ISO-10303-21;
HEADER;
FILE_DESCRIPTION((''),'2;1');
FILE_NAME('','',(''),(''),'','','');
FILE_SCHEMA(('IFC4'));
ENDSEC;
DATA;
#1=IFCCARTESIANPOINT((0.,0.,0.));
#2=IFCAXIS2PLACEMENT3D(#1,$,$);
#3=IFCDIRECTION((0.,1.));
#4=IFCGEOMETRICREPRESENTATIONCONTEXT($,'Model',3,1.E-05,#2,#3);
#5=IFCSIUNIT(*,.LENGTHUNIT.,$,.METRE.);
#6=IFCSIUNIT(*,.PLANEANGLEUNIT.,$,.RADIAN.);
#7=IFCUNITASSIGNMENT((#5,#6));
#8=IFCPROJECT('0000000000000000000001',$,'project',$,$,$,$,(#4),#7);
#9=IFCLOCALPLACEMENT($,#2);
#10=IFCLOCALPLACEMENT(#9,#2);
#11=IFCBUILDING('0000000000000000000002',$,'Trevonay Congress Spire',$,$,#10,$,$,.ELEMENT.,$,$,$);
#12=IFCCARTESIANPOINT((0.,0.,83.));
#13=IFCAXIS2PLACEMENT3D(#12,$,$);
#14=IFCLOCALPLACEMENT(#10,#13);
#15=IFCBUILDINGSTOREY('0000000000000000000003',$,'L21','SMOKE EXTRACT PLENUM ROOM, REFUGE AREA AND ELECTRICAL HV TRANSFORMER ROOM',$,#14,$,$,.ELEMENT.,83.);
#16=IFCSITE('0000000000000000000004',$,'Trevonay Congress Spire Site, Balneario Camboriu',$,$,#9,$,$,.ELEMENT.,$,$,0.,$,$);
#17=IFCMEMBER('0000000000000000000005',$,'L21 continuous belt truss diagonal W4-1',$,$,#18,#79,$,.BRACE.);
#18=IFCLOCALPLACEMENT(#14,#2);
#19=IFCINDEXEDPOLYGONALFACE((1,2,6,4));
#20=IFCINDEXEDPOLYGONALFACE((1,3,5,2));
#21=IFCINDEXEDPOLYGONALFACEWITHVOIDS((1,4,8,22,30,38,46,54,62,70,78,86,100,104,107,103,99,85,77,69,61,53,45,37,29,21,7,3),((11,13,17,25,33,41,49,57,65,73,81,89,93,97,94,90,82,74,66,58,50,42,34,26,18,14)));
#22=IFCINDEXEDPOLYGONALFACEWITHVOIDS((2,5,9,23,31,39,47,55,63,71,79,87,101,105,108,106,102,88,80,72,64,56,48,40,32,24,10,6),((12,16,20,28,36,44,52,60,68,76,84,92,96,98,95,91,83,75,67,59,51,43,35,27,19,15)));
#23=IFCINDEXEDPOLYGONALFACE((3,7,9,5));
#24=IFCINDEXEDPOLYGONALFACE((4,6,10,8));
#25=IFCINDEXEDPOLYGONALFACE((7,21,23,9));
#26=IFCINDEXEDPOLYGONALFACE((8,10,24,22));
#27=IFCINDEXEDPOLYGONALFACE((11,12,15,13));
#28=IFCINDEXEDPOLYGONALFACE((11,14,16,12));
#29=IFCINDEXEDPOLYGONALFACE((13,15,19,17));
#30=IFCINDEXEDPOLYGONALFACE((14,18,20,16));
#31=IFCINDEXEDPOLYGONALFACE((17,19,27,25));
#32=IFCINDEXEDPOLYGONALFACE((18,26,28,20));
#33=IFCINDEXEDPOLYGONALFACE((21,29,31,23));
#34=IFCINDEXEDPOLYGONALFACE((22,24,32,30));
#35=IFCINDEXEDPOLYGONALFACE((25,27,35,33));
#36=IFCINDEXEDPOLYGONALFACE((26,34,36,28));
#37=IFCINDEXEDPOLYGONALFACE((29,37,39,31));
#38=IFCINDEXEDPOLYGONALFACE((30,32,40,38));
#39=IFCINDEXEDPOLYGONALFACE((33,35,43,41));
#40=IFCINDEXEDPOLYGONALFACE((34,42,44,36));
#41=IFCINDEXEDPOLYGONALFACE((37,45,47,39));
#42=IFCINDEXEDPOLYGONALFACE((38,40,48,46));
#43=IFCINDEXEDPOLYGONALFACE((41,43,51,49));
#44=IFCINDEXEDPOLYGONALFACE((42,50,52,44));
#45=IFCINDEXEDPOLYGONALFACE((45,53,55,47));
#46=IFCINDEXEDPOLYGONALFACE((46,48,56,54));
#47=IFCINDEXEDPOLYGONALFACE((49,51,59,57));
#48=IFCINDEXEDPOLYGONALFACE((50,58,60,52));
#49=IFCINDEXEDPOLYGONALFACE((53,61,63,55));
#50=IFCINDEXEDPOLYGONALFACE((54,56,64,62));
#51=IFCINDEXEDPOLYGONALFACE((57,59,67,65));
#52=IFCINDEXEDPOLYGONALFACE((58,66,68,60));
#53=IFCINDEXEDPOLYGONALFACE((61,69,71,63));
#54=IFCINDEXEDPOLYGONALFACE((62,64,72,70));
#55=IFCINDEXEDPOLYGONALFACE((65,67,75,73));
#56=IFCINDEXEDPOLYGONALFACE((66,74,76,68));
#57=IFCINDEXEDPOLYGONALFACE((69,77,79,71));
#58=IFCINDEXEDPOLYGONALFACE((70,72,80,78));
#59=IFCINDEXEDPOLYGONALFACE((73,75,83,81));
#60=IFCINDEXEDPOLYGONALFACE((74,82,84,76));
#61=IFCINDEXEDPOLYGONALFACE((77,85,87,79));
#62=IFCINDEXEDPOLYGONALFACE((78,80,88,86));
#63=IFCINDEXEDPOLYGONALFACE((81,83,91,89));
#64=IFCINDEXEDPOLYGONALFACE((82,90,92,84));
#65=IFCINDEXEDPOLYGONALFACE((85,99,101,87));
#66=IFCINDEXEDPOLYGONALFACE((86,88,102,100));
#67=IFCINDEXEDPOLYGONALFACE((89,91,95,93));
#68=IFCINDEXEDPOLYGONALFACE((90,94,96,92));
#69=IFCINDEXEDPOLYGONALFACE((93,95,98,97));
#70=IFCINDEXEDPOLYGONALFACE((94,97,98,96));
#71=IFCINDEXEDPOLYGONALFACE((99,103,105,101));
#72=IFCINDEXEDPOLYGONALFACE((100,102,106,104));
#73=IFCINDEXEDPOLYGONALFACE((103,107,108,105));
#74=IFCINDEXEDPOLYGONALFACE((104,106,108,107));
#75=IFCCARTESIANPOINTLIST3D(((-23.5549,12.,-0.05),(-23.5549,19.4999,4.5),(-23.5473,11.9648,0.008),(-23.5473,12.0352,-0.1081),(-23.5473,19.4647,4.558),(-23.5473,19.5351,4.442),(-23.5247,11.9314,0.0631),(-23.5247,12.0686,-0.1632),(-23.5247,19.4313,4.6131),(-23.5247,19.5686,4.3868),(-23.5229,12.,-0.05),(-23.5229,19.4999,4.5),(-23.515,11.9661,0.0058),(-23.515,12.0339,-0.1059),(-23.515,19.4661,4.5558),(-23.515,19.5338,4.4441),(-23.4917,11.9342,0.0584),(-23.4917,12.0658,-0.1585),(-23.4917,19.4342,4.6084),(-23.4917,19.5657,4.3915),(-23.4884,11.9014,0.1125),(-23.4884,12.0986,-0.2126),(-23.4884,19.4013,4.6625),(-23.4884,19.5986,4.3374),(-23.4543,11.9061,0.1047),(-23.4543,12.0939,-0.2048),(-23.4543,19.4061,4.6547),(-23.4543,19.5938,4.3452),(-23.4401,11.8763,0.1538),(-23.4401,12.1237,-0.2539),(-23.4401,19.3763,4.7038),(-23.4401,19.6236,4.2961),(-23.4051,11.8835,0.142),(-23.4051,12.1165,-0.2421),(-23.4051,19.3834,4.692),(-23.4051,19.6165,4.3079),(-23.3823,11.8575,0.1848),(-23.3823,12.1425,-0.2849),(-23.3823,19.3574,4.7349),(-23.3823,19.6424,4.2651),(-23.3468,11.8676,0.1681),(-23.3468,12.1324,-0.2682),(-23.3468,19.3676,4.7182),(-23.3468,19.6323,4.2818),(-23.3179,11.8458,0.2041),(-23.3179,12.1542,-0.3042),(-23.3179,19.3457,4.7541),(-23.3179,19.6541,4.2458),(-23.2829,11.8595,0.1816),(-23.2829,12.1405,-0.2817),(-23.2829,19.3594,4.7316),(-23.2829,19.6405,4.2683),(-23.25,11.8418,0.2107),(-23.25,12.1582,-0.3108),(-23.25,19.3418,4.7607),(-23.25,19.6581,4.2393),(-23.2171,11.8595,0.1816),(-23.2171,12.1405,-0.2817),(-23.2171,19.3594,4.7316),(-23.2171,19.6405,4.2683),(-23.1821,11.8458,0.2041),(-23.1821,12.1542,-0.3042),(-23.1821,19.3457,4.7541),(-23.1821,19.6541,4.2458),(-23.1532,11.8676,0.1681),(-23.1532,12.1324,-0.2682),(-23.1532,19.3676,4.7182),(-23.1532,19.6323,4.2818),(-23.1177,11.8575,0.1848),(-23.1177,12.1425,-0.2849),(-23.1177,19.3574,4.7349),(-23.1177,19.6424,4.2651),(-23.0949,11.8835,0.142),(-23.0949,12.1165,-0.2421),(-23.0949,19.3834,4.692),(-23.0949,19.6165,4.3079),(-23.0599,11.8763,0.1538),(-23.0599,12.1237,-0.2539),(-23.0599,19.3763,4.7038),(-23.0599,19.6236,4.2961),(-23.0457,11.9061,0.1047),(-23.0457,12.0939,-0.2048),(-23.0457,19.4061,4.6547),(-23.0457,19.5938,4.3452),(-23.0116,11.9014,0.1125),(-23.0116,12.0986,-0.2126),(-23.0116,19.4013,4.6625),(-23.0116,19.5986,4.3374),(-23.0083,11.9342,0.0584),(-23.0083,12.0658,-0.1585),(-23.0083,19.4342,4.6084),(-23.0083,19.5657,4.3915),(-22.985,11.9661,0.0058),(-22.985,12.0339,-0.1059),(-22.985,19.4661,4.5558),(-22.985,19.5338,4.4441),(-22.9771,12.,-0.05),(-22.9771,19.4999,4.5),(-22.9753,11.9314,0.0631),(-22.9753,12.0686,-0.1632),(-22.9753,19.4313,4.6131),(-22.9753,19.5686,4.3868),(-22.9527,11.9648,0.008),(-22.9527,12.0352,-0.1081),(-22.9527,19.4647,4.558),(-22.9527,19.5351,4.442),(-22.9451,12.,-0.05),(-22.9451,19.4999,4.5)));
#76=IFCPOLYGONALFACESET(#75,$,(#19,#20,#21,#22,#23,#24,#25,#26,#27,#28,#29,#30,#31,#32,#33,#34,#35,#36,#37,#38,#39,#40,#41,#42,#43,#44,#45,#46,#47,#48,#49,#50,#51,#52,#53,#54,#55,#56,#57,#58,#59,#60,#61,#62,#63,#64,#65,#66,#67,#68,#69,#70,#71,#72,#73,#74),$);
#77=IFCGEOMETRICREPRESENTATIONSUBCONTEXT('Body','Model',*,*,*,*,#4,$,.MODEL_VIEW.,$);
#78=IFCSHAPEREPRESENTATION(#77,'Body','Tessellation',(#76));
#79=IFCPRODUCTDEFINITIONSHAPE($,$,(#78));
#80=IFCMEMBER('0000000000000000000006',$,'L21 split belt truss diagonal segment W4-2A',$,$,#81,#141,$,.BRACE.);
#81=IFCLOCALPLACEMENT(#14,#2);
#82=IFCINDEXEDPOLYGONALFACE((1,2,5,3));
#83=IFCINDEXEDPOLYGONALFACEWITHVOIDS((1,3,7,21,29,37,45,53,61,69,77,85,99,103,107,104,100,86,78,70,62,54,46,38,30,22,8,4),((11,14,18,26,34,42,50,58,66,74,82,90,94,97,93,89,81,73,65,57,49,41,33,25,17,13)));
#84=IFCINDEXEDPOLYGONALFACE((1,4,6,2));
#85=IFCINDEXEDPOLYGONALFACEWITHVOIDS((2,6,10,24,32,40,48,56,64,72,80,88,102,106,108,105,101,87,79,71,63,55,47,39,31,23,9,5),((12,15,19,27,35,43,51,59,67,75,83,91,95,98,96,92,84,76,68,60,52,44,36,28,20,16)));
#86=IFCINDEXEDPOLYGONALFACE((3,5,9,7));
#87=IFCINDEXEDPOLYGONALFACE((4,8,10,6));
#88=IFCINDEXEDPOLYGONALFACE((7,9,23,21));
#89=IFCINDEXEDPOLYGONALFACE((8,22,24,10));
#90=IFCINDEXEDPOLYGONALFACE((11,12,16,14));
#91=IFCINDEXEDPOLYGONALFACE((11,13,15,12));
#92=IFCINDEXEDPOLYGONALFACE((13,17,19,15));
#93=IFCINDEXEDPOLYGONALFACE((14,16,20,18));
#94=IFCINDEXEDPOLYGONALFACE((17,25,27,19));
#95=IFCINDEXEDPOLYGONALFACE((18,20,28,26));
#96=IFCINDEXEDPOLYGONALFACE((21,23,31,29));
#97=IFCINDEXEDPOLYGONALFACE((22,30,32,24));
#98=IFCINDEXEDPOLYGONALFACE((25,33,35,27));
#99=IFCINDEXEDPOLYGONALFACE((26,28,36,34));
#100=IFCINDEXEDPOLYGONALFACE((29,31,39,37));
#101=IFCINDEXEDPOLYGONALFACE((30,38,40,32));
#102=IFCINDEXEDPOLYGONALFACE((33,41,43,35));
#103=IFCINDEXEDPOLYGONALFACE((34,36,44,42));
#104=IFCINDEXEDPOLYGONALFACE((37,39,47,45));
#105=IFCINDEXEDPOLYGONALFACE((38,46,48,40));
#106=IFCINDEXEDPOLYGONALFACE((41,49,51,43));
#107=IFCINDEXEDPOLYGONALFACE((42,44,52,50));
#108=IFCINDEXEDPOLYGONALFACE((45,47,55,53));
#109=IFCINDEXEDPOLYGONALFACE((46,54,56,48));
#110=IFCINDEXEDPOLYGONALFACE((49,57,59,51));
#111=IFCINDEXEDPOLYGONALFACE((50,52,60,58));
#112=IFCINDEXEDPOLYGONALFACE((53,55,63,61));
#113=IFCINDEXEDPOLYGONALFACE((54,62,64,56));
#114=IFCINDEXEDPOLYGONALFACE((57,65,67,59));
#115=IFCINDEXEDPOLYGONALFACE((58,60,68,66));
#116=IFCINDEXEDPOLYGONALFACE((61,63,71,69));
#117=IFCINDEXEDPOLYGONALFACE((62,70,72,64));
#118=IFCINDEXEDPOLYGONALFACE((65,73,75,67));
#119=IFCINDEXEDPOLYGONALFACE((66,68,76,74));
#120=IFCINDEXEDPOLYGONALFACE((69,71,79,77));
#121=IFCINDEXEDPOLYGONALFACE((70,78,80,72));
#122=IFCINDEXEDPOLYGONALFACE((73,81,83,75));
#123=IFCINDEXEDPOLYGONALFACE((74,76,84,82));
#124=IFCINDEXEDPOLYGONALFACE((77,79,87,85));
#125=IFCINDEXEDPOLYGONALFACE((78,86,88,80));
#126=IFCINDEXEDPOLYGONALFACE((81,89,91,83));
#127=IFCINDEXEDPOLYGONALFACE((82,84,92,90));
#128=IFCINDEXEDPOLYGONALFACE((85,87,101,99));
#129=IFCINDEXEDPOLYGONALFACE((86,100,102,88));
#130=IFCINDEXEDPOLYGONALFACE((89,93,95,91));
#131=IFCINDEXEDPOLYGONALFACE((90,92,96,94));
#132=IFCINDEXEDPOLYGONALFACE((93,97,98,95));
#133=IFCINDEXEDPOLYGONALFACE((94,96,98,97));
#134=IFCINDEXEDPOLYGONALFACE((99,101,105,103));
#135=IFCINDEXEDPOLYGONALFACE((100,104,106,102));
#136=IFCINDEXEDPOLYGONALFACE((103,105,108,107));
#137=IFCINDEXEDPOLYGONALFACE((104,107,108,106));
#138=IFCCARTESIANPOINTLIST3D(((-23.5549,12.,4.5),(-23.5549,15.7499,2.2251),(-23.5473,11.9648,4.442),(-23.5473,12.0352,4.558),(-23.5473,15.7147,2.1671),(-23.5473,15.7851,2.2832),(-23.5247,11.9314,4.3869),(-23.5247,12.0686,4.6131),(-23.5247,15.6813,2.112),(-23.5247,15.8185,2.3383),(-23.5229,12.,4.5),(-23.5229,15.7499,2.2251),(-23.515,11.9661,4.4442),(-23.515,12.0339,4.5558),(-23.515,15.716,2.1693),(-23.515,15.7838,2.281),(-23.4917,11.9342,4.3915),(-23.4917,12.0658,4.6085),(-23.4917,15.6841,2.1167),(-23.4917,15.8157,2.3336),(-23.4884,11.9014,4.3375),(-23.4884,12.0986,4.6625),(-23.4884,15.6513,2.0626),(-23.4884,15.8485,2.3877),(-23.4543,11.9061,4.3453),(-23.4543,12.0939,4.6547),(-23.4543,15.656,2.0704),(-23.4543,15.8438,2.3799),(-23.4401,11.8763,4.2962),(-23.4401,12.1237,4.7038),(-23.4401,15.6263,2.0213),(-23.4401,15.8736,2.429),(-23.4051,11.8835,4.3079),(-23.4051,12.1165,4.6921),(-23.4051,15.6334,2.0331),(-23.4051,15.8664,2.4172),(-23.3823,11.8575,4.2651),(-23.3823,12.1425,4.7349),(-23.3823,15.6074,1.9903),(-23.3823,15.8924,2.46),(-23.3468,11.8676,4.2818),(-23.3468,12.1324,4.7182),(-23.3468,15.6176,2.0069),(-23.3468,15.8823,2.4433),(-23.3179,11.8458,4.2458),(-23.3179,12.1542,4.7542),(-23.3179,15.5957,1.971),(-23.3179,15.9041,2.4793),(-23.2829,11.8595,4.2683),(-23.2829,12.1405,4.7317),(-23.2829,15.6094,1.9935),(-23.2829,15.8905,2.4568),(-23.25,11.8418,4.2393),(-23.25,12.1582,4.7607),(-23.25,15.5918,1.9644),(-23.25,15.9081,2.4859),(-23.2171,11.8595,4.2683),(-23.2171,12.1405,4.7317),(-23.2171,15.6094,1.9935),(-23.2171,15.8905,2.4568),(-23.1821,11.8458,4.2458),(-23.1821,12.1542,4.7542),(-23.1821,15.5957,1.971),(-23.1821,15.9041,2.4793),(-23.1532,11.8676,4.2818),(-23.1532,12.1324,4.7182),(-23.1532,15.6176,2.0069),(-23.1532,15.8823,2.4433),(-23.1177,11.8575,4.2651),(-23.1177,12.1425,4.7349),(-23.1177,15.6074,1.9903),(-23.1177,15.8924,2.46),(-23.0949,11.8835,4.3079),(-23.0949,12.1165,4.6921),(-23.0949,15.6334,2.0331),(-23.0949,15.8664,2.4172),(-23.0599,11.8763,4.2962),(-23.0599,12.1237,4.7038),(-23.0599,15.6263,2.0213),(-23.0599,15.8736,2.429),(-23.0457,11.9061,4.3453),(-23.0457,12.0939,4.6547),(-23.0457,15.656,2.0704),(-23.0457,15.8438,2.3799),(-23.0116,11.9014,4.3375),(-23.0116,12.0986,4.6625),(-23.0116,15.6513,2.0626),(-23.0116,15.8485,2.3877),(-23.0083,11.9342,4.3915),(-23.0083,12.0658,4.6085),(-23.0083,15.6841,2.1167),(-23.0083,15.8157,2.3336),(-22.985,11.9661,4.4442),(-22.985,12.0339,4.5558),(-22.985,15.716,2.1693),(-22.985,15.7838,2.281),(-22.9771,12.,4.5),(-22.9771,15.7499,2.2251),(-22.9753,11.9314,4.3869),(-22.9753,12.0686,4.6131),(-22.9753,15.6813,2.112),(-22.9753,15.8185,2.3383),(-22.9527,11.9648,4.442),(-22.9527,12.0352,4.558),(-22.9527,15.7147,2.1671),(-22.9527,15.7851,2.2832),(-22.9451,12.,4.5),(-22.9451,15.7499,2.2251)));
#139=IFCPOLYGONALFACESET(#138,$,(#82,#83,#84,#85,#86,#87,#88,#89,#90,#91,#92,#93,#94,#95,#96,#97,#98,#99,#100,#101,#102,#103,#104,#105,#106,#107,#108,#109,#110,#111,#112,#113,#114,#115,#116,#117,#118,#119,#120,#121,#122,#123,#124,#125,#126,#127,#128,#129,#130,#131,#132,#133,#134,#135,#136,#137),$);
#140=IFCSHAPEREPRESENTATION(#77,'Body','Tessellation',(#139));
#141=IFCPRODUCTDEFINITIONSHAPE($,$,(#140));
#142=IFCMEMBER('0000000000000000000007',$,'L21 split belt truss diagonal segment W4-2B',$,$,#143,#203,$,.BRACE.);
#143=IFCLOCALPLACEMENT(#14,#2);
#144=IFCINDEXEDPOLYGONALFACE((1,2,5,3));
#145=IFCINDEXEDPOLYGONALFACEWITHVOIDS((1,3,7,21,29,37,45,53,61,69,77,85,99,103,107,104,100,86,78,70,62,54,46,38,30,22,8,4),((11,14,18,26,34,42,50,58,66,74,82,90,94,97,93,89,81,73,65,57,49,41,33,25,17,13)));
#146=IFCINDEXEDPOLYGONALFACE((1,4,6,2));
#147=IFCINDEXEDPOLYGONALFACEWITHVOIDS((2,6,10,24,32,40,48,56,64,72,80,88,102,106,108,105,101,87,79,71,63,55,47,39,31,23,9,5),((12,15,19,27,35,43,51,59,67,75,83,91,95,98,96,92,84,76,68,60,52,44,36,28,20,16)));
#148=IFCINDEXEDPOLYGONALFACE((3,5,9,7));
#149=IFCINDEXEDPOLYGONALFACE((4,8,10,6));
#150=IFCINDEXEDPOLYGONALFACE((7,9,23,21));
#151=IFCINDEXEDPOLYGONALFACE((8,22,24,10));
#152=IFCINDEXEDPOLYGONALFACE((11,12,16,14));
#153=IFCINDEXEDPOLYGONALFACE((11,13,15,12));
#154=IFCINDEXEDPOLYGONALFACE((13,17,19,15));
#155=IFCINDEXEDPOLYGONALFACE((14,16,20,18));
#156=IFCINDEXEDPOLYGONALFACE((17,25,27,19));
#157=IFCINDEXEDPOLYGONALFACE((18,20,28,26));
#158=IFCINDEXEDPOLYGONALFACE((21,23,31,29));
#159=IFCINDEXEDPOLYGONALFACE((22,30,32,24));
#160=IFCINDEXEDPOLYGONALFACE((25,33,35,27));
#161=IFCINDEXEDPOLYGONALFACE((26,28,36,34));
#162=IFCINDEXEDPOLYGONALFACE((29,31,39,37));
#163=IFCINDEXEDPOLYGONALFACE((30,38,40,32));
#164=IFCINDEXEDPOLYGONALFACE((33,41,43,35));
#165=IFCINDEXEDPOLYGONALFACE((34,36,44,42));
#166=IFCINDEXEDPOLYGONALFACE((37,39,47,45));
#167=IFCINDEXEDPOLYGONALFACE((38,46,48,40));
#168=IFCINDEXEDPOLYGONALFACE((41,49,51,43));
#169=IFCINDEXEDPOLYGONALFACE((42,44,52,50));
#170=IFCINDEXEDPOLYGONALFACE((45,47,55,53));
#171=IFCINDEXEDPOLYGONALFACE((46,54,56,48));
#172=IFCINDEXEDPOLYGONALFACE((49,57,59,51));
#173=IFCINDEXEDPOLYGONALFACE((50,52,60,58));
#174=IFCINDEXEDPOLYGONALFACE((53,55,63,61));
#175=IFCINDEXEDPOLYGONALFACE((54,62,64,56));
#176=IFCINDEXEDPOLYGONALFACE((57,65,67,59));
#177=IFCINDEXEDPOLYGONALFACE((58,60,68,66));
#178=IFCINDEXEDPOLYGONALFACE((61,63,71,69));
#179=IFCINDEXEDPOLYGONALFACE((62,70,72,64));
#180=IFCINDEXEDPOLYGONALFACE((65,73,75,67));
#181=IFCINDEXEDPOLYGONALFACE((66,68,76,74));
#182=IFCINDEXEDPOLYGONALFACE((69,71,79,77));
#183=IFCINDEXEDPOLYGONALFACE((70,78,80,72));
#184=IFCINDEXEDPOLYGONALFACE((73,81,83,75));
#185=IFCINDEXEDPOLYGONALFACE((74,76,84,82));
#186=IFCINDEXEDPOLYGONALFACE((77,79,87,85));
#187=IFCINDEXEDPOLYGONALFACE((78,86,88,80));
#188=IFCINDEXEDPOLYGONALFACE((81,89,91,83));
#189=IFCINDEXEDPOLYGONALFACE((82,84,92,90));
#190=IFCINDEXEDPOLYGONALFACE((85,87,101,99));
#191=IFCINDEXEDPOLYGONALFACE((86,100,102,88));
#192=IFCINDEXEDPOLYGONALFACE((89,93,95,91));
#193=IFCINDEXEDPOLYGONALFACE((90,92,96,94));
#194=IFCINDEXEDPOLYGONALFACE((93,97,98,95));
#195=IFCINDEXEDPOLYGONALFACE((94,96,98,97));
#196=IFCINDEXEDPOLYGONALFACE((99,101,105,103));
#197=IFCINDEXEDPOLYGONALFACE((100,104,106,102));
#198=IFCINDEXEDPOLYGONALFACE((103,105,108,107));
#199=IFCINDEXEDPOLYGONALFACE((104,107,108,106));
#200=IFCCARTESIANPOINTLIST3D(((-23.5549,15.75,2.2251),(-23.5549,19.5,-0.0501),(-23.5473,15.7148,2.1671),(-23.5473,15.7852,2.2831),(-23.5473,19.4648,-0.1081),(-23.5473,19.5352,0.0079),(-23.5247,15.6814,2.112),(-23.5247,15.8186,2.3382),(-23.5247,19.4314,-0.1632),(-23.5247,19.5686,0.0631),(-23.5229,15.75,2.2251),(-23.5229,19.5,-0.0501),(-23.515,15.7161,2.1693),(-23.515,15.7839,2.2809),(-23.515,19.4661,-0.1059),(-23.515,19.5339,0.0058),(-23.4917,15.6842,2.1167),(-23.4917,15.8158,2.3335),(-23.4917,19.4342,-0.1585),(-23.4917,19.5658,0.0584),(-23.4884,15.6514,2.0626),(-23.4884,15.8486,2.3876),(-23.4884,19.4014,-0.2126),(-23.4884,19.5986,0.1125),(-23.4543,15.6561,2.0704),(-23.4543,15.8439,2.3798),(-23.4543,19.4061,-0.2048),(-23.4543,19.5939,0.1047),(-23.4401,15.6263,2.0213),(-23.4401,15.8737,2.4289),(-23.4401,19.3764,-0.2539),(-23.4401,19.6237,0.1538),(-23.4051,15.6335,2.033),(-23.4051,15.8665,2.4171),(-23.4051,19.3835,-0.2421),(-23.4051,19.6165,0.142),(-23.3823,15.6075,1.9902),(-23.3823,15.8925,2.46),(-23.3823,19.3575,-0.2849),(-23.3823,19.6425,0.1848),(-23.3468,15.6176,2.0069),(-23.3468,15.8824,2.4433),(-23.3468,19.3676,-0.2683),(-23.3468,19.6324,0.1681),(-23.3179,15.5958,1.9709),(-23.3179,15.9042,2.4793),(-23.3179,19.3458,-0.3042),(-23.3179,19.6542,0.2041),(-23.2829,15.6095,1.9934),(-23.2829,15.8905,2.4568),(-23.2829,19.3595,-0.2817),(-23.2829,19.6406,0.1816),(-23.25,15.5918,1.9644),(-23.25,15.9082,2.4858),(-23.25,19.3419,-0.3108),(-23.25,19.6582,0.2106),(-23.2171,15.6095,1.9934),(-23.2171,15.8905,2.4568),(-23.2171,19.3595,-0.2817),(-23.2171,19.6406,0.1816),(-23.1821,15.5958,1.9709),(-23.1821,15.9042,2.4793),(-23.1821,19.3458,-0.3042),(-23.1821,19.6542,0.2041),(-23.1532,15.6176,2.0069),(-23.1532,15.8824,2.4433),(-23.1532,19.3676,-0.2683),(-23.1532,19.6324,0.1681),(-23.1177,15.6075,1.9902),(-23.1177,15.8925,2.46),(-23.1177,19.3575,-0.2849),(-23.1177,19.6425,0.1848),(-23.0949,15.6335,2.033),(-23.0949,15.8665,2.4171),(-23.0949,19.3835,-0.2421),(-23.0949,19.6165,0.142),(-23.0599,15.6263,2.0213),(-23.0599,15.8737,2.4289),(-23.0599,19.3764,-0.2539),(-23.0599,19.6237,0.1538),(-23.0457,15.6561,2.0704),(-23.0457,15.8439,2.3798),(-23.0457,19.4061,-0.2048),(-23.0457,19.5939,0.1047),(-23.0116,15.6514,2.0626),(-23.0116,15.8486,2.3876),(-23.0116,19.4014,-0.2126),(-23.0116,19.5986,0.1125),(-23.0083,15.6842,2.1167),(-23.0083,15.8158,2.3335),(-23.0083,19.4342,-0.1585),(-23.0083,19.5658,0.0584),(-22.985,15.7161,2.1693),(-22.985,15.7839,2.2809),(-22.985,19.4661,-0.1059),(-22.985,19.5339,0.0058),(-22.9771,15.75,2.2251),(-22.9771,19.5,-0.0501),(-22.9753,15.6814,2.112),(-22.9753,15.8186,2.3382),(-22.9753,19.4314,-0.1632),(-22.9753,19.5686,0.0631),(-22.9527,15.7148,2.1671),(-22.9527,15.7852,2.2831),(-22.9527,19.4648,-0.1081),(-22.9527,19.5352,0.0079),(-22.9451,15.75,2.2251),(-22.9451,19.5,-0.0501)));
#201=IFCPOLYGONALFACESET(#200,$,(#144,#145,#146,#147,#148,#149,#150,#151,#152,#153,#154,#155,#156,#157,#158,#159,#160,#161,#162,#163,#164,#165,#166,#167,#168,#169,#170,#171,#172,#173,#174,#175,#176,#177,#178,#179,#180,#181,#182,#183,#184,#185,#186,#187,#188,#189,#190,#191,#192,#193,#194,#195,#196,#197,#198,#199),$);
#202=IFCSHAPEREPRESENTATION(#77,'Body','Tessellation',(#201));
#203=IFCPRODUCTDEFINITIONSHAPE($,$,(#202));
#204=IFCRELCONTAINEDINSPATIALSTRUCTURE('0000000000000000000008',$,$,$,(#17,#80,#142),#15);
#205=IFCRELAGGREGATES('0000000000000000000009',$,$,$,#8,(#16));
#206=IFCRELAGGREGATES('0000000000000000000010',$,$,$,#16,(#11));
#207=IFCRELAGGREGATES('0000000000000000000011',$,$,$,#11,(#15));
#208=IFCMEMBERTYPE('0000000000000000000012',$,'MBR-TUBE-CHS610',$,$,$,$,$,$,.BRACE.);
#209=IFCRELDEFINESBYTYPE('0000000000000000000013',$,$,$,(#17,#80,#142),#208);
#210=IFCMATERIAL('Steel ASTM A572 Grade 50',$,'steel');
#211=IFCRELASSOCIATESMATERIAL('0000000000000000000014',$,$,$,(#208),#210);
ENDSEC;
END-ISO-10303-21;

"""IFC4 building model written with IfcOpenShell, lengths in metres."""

from ifc_helpers import new_model, si_unit, direction, frame, origin, origin_2d, place, context, subcontext, project, spatial, hollow_circle, extrude, material, material_profile, profile_set, type_object, element, save


model = new_model("IFC4")

# Units and contexts
model_context = context("Model", 3, precision=1e-05, world=origin(), true_north=direction((0.0, 1.0)))
body_context = subcontext(model_context, "Body", "Model", "MODEL_VIEW")
ifc_project = project(units=[si_unit("LENGTHUNIT", "METRE"), si_unit("PLANEANGLEUNIT", "RADIAN")], contexts=[model_context])

# Site, building, storey
site_placement = place(None, origin())
site = spatial("IfcSite", under=ifc_project, at=site_placement, Name="Trevonay Congress Spire Site, Balneario Camboriu", CompositionType="ELEMENT", RefElevation=0.0)
building_placement = place(site_placement, origin())
building = spatial("IfcBuilding", under=site, at=building_placement, Name="Trevonay Congress Spire", CompositionType="ELEMENT")
storey_placement = place(building_placement, frame((0.0, 0.0, 83.0)))
storey = spatial("IfcBuildingStorey", under=building, at=storey_placement, Name="L21", Description="SMOKE EXTRACT PLENUM ROOM, REFUGE AREA AND ELECTRICAL HV TRANSFORMER ROOM", CompositionType="ELEMENT", Elevation=83.0)

# Shared definitions
ifc_material_1 = material(Name="Steel ASTM A572 Grade 50", Category="steel")

# Members
ifc_material_profile_1 = material_profile(ifc_material_1, hollow_circle(Radius=0.3049, WallThickness=0.032, at=origin_2d()), Name="CHS 610x32")
ifc_profile_set_1 = profile_set([ifc_material_profile_1], Name="Steel ASTM A572 Grade 50")
member_type = type_object("IfcMemberType", Name="MBR-TUBE-CHS610", PredefinedType="BRACE", material=ifc_profile_set_1)
member_1_placement = place(storey_placement, frame((-23.25, 12.0, -0.05), z_axis=(0.0, 0.854966, 0.518685), x_axis=(-1.0, 0.0, 0.0)))
element("IfcMember", 1, at=member_1_placement, inside=storey, type_object=member_type, Name="L21 continuous belt truss diagonal W4-1", PredefinedType="BRACE", context=body_context, shape_type="SweptSolid", body=[
    extrude(hollow_circle(Radius=0.3049, WallThickness=0.032, at=origin_2d()), origin(), (0.0, 0.0, 1.0), 8.7722),
])
member_2_placement = place(storey_placement, frame((-23.25, 12.0, 4.5), z_axis=(0.0, 0.854978, -0.518664), x_axis=(-1.0, 0.0, 0.0)))
element("IfcMember", 2, at=member_2_placement, inside=storey, type_object=member_type, Name="L21 split belt truss diagonal segment W4-2A", PredefinedType="BRACE", context=body_context, shape_type="SweptSolid", body=[
    extrude(hollow_circle(Radius=0.3049, WallThickness=0.032, at=origin_2d()), origin(), (0.0, 0.0, 1.0), 4.386),
])
member_3_placement = place(storey_placement, frame((-23.25, 15.75, 2.2251), z_axis=(0.0, 0.854953, -0.518705), x_axis=(-1.0, 0.0, 0.0)))
element("IfcMember", 3, at=member_3_placement, inside=storey, type_object=member_type, Name="L21 split belt truss diagonal segment W4-2B", PredefinedType="BRACE", context=body_context, shape_type="SweptSolid", body=[
    extrude(hollow_circle(Radius=0.3049, WallThickness=0.032, at=origin_2d()), origin(), (0.0, 0.0, 1.0), 4.3862),
])

save(model, "model.ifc")
